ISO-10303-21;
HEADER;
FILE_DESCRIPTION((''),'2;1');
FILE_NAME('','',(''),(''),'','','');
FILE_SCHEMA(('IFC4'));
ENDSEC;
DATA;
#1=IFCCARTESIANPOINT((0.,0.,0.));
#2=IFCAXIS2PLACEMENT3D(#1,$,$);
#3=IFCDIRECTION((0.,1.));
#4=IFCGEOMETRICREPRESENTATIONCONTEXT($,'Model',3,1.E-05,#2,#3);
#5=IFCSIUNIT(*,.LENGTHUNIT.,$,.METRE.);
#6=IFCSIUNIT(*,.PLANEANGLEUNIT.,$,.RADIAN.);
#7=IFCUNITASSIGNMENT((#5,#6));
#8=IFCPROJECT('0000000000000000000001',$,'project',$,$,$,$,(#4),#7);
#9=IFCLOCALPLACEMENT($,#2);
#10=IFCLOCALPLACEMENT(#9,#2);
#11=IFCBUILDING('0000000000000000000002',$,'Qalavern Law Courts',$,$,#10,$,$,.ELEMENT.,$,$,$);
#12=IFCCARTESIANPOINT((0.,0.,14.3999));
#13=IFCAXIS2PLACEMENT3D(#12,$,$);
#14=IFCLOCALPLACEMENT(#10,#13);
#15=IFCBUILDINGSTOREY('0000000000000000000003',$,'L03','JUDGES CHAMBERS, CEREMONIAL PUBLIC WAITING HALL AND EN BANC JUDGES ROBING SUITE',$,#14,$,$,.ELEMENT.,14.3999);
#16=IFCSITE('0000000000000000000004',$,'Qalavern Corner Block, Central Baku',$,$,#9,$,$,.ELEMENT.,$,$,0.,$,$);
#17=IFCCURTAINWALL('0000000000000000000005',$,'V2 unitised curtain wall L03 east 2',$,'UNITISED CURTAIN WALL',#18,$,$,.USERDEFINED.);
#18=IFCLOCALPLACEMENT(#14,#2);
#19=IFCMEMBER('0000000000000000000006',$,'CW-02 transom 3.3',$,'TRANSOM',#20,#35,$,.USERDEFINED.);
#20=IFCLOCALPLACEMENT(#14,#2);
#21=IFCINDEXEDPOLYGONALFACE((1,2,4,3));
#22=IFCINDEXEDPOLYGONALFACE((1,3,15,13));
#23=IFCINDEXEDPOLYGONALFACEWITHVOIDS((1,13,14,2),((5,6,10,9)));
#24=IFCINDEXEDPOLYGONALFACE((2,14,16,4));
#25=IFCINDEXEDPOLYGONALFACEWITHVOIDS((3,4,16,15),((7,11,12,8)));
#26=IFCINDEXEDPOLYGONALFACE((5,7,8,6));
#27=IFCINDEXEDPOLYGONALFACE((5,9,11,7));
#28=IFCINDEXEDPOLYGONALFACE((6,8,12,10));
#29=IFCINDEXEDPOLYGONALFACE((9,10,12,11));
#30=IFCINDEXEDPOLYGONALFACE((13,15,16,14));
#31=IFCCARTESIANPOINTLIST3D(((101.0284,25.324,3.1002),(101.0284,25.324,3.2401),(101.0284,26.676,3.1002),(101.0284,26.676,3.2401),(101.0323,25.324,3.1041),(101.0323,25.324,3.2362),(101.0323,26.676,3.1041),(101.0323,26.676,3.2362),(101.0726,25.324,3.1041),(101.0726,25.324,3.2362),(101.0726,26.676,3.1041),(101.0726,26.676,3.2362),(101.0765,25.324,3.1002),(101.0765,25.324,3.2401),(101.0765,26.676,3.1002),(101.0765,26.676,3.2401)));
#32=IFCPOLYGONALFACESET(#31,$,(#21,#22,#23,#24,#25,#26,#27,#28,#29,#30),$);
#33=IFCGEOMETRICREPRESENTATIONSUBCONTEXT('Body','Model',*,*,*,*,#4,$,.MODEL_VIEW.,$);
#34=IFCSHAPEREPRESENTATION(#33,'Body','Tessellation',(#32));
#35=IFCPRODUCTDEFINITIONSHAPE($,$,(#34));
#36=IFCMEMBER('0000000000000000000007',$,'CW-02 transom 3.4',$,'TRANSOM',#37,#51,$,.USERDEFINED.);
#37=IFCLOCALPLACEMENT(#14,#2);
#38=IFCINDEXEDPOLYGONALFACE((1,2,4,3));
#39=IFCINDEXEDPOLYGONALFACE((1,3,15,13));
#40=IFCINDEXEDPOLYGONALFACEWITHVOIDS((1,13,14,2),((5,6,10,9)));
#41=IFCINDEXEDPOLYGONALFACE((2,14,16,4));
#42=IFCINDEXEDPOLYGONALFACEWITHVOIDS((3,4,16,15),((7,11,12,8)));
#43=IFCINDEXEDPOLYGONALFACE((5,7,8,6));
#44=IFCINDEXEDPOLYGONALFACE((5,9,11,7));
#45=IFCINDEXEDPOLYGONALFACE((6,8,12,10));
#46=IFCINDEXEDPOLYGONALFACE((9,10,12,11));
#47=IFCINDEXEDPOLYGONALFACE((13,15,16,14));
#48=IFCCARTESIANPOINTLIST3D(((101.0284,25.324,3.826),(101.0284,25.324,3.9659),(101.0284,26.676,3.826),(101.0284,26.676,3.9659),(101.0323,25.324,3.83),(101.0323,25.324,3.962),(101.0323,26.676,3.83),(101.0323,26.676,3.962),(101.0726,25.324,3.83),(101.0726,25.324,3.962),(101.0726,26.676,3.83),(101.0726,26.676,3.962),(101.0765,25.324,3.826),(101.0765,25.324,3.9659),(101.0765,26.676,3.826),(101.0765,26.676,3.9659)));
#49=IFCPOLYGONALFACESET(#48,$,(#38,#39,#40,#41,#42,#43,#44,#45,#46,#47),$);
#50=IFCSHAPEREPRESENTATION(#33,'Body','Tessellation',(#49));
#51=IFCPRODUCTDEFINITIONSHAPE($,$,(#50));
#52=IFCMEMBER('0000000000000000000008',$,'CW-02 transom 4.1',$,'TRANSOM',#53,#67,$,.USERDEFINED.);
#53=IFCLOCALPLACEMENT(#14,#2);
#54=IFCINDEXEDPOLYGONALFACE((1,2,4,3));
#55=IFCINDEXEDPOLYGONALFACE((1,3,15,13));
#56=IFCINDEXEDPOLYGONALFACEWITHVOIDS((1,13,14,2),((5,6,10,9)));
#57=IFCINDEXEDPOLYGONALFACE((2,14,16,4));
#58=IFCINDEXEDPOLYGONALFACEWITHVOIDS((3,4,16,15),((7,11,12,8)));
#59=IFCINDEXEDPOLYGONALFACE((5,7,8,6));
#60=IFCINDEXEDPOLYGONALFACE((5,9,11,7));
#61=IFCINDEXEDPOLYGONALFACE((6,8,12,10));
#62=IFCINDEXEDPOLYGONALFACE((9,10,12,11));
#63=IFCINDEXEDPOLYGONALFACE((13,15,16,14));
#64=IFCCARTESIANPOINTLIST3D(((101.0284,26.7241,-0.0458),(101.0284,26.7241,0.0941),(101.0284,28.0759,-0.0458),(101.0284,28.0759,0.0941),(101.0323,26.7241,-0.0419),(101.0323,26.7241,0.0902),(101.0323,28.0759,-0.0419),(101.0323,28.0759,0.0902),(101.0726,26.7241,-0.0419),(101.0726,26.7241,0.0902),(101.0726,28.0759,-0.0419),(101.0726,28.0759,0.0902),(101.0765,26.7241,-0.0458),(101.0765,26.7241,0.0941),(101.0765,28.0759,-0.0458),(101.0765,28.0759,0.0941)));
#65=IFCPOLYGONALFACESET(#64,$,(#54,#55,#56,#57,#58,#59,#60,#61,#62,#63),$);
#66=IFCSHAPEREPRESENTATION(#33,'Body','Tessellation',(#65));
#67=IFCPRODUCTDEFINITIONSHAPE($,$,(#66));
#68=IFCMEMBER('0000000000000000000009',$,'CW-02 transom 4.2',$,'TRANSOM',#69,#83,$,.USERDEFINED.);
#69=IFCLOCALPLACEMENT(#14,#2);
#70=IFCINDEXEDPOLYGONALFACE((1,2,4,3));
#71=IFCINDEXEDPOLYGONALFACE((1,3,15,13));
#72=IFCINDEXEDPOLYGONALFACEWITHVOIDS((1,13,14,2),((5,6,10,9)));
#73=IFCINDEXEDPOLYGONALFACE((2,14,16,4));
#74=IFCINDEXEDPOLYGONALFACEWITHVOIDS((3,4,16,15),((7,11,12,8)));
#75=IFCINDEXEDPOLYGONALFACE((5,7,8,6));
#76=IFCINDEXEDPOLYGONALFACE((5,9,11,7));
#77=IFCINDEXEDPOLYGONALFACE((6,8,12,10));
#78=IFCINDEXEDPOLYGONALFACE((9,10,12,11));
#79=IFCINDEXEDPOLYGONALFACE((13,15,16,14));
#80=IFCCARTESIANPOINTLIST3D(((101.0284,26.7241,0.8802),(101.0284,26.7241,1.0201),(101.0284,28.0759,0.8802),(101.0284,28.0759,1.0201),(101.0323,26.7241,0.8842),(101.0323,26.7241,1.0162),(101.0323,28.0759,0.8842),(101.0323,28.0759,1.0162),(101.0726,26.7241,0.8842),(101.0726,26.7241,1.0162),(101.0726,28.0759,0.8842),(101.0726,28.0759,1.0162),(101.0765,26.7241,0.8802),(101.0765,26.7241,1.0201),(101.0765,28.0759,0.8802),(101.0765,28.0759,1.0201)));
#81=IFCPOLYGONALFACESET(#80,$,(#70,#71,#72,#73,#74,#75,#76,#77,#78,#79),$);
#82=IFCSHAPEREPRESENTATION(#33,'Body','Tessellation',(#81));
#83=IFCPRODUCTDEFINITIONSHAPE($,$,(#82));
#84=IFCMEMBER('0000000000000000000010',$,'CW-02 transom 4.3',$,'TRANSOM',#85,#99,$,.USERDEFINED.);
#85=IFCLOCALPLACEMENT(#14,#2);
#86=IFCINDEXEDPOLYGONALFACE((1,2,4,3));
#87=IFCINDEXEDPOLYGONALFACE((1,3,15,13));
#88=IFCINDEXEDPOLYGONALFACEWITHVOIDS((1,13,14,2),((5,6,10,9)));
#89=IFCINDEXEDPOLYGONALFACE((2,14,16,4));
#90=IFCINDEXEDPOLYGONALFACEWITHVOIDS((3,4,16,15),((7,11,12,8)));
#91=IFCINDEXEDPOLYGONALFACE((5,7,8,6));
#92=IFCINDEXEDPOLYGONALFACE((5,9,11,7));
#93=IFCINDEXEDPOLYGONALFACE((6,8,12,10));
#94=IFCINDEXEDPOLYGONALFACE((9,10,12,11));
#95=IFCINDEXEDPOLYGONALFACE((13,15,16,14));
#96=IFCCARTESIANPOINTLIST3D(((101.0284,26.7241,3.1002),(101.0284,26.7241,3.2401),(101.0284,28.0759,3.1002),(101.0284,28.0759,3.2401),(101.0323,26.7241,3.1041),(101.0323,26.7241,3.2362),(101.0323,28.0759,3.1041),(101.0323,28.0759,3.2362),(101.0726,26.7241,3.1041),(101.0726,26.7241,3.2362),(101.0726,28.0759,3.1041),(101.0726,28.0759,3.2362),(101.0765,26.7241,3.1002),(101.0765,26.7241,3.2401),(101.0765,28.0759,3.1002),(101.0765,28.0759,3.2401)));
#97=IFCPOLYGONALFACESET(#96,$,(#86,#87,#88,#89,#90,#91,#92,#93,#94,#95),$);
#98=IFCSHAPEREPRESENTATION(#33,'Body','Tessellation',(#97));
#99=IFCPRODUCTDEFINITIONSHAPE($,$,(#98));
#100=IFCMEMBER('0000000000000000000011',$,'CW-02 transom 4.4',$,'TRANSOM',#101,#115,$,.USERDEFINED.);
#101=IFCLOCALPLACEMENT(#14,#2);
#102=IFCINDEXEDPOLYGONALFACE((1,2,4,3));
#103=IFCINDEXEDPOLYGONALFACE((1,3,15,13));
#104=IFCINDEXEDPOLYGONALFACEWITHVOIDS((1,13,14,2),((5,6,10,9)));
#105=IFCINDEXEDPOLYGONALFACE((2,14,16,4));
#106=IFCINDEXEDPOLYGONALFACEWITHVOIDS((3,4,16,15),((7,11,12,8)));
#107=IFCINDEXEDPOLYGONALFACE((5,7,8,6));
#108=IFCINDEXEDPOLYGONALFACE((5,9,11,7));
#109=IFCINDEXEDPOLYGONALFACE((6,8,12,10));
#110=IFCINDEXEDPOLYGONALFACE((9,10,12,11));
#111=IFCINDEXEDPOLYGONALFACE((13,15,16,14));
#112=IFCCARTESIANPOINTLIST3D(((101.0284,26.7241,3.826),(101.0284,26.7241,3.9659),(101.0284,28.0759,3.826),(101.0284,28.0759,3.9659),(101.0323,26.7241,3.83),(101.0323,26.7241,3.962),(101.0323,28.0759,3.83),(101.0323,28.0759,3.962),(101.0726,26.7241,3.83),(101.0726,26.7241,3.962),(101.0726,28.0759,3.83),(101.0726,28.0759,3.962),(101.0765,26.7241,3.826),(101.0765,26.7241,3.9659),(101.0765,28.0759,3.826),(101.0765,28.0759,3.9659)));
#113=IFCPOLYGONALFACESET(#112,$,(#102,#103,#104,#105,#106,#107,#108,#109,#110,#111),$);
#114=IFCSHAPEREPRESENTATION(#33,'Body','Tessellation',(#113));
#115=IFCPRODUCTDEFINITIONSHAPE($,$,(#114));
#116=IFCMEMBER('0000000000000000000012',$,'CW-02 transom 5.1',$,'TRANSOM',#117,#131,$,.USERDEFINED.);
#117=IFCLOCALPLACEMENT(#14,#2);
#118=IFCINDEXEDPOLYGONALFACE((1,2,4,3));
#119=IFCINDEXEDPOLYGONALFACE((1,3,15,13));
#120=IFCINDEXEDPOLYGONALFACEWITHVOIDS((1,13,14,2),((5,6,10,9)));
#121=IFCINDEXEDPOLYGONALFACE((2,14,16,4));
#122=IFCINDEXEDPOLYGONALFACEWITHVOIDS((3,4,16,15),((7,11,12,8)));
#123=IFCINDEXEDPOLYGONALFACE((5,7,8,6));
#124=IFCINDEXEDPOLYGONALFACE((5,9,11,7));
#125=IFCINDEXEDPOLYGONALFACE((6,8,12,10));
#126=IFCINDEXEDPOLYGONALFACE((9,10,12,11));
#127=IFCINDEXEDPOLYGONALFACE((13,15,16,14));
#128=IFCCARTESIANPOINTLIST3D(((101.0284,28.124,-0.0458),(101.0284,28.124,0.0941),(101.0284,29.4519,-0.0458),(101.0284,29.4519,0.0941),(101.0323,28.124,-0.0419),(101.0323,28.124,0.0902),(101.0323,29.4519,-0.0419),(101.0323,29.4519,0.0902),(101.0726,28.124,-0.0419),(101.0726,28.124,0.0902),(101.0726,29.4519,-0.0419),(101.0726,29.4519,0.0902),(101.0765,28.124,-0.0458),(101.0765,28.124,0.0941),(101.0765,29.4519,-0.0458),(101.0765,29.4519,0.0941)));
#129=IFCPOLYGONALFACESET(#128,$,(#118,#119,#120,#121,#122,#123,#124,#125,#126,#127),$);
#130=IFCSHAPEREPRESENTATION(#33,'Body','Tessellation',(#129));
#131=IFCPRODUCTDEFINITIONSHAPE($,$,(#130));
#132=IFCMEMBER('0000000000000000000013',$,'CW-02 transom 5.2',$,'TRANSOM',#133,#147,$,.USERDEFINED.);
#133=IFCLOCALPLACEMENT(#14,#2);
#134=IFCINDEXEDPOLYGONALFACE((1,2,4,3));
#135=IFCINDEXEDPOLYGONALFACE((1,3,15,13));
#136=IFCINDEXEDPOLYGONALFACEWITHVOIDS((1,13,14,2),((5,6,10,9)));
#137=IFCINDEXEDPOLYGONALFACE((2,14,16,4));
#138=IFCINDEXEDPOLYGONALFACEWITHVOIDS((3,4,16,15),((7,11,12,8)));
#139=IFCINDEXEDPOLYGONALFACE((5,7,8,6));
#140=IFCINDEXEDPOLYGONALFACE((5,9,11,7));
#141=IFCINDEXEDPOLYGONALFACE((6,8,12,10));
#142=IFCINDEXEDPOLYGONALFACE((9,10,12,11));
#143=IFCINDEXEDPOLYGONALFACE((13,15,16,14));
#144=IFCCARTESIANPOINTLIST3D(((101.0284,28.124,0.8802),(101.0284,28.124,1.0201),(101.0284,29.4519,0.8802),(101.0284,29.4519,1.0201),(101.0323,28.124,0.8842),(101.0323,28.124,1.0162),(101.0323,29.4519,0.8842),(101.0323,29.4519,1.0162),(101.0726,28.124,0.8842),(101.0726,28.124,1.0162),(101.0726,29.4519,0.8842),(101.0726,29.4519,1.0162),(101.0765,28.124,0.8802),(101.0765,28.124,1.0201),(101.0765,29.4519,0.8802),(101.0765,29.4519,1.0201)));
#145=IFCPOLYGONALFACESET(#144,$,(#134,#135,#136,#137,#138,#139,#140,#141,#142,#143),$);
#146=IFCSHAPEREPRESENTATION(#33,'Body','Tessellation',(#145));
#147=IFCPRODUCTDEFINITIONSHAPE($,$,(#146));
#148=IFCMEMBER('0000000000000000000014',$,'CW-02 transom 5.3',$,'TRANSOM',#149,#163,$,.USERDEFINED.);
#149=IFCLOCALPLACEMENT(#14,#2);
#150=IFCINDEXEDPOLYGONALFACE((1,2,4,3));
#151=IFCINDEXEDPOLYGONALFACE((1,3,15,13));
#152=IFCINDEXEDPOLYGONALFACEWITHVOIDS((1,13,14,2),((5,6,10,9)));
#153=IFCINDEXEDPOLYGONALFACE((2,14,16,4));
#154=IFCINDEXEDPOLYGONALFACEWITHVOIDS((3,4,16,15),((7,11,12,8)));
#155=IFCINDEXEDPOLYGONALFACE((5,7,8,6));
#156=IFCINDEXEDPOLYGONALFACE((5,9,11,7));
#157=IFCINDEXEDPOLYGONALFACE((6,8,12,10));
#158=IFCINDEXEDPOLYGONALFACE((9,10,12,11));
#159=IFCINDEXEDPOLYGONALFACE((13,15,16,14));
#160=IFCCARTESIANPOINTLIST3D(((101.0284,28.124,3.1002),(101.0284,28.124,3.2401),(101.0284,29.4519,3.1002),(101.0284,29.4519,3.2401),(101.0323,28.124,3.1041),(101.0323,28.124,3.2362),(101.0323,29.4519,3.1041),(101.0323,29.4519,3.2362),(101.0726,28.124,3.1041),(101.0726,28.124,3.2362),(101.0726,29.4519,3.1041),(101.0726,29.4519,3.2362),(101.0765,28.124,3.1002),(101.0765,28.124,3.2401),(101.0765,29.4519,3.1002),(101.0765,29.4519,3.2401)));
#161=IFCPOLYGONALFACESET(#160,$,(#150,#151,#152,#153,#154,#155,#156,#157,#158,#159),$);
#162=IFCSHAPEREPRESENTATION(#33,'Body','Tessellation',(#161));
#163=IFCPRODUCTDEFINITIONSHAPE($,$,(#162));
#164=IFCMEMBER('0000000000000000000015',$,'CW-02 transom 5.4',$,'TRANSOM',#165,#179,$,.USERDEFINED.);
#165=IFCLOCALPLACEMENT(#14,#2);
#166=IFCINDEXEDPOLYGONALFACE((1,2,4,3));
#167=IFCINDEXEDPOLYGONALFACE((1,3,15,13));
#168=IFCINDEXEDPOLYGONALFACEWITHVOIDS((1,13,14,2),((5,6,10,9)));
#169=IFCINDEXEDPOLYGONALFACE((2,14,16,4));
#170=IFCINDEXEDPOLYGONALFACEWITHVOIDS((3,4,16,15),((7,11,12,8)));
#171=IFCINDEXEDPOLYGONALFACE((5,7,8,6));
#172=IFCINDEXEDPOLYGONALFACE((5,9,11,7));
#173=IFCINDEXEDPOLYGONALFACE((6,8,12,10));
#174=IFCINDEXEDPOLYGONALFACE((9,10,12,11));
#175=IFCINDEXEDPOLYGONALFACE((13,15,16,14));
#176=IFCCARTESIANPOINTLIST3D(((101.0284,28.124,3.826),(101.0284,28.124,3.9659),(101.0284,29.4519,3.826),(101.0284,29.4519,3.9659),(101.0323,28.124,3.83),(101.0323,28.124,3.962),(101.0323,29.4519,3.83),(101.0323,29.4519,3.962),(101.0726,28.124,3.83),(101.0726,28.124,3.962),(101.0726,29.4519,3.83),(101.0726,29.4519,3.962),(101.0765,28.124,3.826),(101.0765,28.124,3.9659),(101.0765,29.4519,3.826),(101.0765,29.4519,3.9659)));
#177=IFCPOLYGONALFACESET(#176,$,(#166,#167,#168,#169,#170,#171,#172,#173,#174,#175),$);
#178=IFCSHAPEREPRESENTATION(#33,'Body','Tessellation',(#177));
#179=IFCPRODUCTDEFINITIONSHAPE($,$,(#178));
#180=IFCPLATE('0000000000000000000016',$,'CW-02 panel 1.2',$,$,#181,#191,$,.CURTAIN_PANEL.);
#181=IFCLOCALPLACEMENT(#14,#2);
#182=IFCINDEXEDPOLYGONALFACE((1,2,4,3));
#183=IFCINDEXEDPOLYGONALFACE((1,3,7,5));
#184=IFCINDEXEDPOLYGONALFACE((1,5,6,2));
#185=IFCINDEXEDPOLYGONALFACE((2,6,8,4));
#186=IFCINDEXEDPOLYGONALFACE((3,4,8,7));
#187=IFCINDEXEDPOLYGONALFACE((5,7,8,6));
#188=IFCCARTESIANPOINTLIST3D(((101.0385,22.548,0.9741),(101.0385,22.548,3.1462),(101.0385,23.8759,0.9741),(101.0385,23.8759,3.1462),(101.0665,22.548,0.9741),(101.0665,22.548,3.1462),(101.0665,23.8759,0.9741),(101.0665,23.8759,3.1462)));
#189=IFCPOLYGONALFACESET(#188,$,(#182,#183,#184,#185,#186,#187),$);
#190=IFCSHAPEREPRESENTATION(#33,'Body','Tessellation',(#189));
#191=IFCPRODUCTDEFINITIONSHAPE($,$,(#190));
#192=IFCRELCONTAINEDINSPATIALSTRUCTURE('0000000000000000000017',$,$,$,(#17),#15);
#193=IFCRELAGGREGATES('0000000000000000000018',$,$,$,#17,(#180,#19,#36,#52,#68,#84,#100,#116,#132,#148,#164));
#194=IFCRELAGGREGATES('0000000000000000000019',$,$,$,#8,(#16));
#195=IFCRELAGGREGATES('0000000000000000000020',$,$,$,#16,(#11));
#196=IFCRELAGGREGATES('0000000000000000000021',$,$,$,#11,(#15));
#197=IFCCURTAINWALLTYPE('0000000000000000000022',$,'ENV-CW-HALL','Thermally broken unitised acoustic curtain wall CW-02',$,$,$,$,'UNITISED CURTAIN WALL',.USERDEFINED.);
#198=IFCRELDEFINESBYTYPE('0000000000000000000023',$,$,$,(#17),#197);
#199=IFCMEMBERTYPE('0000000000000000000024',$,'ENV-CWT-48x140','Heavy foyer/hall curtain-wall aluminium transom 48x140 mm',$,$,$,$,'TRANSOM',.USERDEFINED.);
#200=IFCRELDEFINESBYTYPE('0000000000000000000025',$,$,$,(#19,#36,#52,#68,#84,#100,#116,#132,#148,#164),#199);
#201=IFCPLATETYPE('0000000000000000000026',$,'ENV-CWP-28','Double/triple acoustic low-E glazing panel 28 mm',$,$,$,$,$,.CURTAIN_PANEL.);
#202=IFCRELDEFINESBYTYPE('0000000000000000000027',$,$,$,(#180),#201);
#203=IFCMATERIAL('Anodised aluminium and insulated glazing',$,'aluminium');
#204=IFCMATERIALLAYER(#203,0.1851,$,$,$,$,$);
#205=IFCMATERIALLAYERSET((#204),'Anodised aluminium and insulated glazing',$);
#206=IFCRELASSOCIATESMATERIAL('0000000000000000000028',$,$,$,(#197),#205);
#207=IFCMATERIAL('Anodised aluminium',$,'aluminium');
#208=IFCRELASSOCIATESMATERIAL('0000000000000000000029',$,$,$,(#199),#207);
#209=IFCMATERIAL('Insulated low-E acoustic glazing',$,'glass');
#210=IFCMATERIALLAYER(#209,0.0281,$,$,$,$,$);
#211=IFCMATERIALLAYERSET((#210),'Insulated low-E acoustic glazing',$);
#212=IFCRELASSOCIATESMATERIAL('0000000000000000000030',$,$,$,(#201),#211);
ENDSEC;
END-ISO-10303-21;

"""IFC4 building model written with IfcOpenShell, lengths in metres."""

from ifc_helpers import new_model, si_unit, direction, frame, origin, origin_2d, place, context, subcontext, project, spatial, rectangle, hollow_rectangle, extrude, material, layer, layer_set, material_profile, profile_set, type_object, element, aggregate, save


model = new_model("IFC4")

# Units and contexts
model_context = context("Model", 3, precision=1e-05, world=origin(), true_north=direction((0.0, 1.0)))
body_context = subcontext(model_context, "Body", "Model", "MODEL_VIEW")
ifc_project = project(units=[si_unit("LENGTHUNIT", "METRE"), si_unit("PLANEANGLEUNIT", "RADIAN")], contexts=[model_context])

# Site, building, storey
site_placement = place(None, origin())
site = spatial("IfcSite", under=ifc_project, at=site_placement, Name="Qalavern Corner Block, Central Baku", CompositionType="ELEMENT", RefElevation=0.0)
building_placement = place(site_placement, origin())
building = spatial("IfcBuilding", under=site, at=building_placement, Name="Qalavern Law Courts", CompositionType="ELEMENT")
storey_placement = place(building_placement, frame((0.0, 0.0, 14.3999)))
storey = spatial("IfcBuildingStorey", under=building, at=storey_placement, Name="L03", Description="JUDGES CHAMBERS, CEREMONIAL PUBLIC WAITING HALL AND EN BANC JUDGES ROBING SUITE", CompositionType="ELEMENT", Elevation=14.3999)

# Curtain wall, members, plate
ifc_material_1 = material(Name="Anodised aluminium and insulated glazing", Category="aluminium")
ifc_layer_1 = layer(ifc_material_1, 0.1851)
ifc_layer_set_1 = layer_set([ifc_layer_1], Name="Anodised aluminium and insulated glazing")
curtain_wall_type = type_object("IfcCurtainWallType", Name="ENV-CW-HALL", Description="Thermally broken unitised acoustic curtain wall CW-02", ElementType="UNITISED CURTAIN WALL", PredefinedType="USERDEFINED", material=ifc_layer_set_1)
curtain_wall_placement = place(storey_placement, origin())
curtain_wall = element("IfcCurtainWall", 1, at=curtain_wall_placement, inside=storey, type_object=curtain_wall_type, Name="V2 unitised curtain wall L03 east 2", ObjectType="UNITISED CURTAIN WALL", PredefinedType="USERDEFINED")
ifc_material_2 = material(Name="Anodised aluminium", Category="aluminium")
ifc_material_profile_1 = material_profile(ifc_material_2, hollow_rectangle(XDim=0.0481, YDim=0.1399, WallThickness=0.0039, at=origin_2d()), Name="ALU TRANSOM 48x140")
ifc_profile_set_1 = profile_set([ifc_material_profile_1], Name="Anodised aluminium")
member_type_1 = type_object("IfcMemberType", Name="ENV-CWT-48x140", Description="Heavy foyer/hall curtain-wall aluminium transom 48x140 mm", ElementType="TRANSOM", PredefinedType="USERDEFINED", material=ifc_profile_set_1)
member_1_placement = place(storey_placement, frame((101.0525, 25.324, 3.1702), z_axis=(0.0, 1.0, 0.0), x_axis=(-1.0, 0.0, 0.0)))
member_1 = element("IfcMember", 2, at=member_1_placement, type_object=member_type_1, Name="CW-02 transom 3.3", ObjectType="TRANSOM", PredefinedType="USERDEFINED", context=body_context, shape_type="SweptSolid", body=[
    extrude(hollow_rectangle(XDim=0.0481, YDim=0.1399, WallThickness=0.0039, at=origin_2d()), origin(), (0.0, 0.0, 1.0), 1.3521),
])
member_2_placement = place(storey_placement, frame((101.0525, 25.324, 3.896), z_axis=(0.0, 1.0, 0.0), x_axis=(-1.0, 0.0, 0.0)))
member_2 = element("IfcMember", 3, at=member_2_placement, type_object=member_type_1, Name="CW-02 transom 3.4", ObjectType="TRANSOM", PredefinedType="USERDEFINED", context=body_context, shape_type="SweptSolid", body=[
    extrude(hollow_rectangle(XDim=0.0481, YDim=0.1399, WallThickness=0.0039, at=origin_2d()), origin(), (0.0, 0.0, 1.0), 1.3521),
])
member_3_placement = place(storey_placement, frame((101.0525, 26.7241, 0.0242), z_axis=(0.0, 1.0, 0.0), x_axis=(-1.0, 0.0, 0.0)))
member_3 = element("IfcMember", 4, at=member_3_placement, type_object=member_type_1, Name="CW-02 transom 4.1", ObjectType="TRANSOM", PredefinedType="USERDEFINED", context=body_context, shape_type="SweptSolid", body=[
    extrude(hollow_rectangle(XDim=0.0481, YDim=0.1399, WallThickness=0.0039, at=origin_2d()), origin(), (0.0, 0.0, 1.0), 1.3518),
])
member_4_placement = place(storey_placement, frame((101.0525, 26.7241, 0.9502), z_axis=(0.0, 1.0, 0.0), x_axis=(-1.0, 0.0, 0.0)))
member_4 = element("IfcMember", 5, at=member_4_placement, type_object=member_type_1, Name="CW-02 transom 4.2", ObjectType="TRANSOM", PredefinedType="USERDEFINED", context=body_context, shape_type="SweptSolid", body=[
    extrude(hollow_rectangle(XDim=0.0481, YDim=0.1399, WallThickness=0.0039, at=origin_2d()), origin(), (0.0, 0.0, 1.0), 1.3518),
])
member_5_placement = place(storey_placement, frame((101.0525, 26.7241, 3.1702), z_axis=(0.0, 1.0, 0.0), x_axis=(-1.0, 0.0, 0.0)))
member_5 = element("IfcMember", 6, at=member_5_placement, type_object=member_type_1, Name="CW-02 transom 4.3", ObjectType="TRANSOM", PredefinedType="USERDEFINED", context=body_context, shape_type="SweptSolid", body=[
    extrude(hollow_rectangle(XDim=0.0481, YDim=0.1399, WallThickness=0.0039, at=origin_2d()), origin(), (0.0, 0.0, 1.0), 1.3518),
])
member_6_placement = place(storey_placement, frame((101.0525, 26.7241, 3.896), z_axis=(0.0, 1.0, 0.0), x_axis=(-1.0, 0.0, 0.0)))
member_6 = element("IfcMember", 7, at=member_6_placement, type_object=member_type_1, Name="CW-02 transom 4.4", ObjectType="TRANSOM", PredefinedType="USERDEFINED", context=body_context, shape_type="SweptSolid", body=[
    extrude(hollow_rectangle(XDim=0.0481, YDim=0.1399, WallThickness=0.0039, at=origin_2d()), origin(), (0.0, 0.0, 1.0), 1.3518),
])
member_7_placement = place(storey_placement, frame((101.0525, 28.124, 0.0242), z_axis=(0.0, 1.0, 0.0), x_axis=(-1.0, 0.0, 0.0)))
member_7 = element("IfcMember", 8, at=member_7_placement, type_object=member_type_1, Name="CW-02 transom 5.1", ObjectType="TRANSOM", PredefinedType="USERDEFINED", context=body_context, shape_type="SweptSolid", body=[
    extrude(hollow_rectangle(XDim=0.0481, YDim=0.1399, WallThickness=0.0039, at=origin_2d()), origin(), (0.0, 0.0, 1.0), 1.3279),
])
member_8_placement = place(storey_placement, frame((101.0525, 28.124, 0.9502), z_axis=(0.0, 1.0, 0.0), x_axis=(-1.0, 0.0, 0.0)))
member_8 = element("IfcMember", 9, at=member_8_placement, type_object=member_type_1, Name="CW-02 transom 5.2", ObjectType="TRANSOM", PredefinedType="USERDEFINED", context=body_context, shape_type="SweptSolid", body=[
    extrude(hollow_rectangle(XDim=0.0481, YDim=0.1399, WallThickness=0.0039, at=origin_2d()), origin(), (0.0, 0.0, 1.0), 1.3279),
])
member_9_placement = place(storey_placement, frame((101.0525, 28.124, 3.1702), z_axis=(0.0, 1.0, 0.0), x_axis=(-1.0, 0.0, 0.0)))
member_9 = element("IfcMember", 10, at=member_9_placement, type_object=member_type_1, Name="CW-02 transom 5.3", ObjectType="TRANSOM", PredefinedType="USERDEFINED", context=body_context, shape_type="SweptSolid", body=[
    extrude(hollow_rectangle(XDim=0.0481, YDim=0.1399, WallThickness=0.0039, at=origin_2d()), origin(), (0.0, 0.0, 1.0), 1.3279),
])
member_10_placement = place(storey_placement, frame((101.0525, 28.124, 3.896), z_axis=(0.0, 1.0, 0.0), x_axis=(-1.0, 0.0, 0.0)))
member_10 = element("IfcMember", 11, at=member_10_placement, type_object=member_type_1, Name="CW-02 transom 5.4", ObjectType="TRANSOM", PredefinedType="USERDEFINED", context=body_context, shape_type="SweptSolid", body=[
    extrude(hollow_rectangle(XDim=0.0481, YDim=0.1399, WallThickness=0.0039, at=origin_2d()), origin(), (0.0, 0.0, 1.0), 1.3279),
])
ifc_material_3 = material(Name="Insulated low-E acoustic glazing", Category="glass")
ifc_layer_2 = layer(ifc_material_3, 0.0281)
ifc_layer_set_2 = layer_set([ifc_layer_2], Name="Insulated low-E acoustic glazing")
plate_type = type_object("IfcPlateType", Name="ENV-CWP-28", Description="Double/triple acoustic low-E glazing panel 28 mm", PredefinedType="CURTAIN_PANEL", material=ifc_layer_set_2)
plate_1_placement = place(storey_placement, frame((101.0525, 23.2119, 0.9741), z_axis=(0.0, 0.0, 1.0), x_axis=(0.0, 1.0, 0.0)))
plate_1 = element("IfcPlate", 12, at=plate_1_placement, type_object=plate_type, Name="CW-02 panel 1.2", PredefinedType="CURTAIN_PANEL", context=body_context, shape_type="SweptSolid", body=[
    extrude(rectangle(XDim=1.3279, YDim=0.0281, at=origin_2d()), origin(), (0.0, 0.0, 1.0), 2.1721),
])
aggregate(curtain_wall, [plate_1, member_1, member_2, member_3, member_4, member_5, member_6, member_7, member_8, member_9, member_10])

save(model, "model.ifc")
